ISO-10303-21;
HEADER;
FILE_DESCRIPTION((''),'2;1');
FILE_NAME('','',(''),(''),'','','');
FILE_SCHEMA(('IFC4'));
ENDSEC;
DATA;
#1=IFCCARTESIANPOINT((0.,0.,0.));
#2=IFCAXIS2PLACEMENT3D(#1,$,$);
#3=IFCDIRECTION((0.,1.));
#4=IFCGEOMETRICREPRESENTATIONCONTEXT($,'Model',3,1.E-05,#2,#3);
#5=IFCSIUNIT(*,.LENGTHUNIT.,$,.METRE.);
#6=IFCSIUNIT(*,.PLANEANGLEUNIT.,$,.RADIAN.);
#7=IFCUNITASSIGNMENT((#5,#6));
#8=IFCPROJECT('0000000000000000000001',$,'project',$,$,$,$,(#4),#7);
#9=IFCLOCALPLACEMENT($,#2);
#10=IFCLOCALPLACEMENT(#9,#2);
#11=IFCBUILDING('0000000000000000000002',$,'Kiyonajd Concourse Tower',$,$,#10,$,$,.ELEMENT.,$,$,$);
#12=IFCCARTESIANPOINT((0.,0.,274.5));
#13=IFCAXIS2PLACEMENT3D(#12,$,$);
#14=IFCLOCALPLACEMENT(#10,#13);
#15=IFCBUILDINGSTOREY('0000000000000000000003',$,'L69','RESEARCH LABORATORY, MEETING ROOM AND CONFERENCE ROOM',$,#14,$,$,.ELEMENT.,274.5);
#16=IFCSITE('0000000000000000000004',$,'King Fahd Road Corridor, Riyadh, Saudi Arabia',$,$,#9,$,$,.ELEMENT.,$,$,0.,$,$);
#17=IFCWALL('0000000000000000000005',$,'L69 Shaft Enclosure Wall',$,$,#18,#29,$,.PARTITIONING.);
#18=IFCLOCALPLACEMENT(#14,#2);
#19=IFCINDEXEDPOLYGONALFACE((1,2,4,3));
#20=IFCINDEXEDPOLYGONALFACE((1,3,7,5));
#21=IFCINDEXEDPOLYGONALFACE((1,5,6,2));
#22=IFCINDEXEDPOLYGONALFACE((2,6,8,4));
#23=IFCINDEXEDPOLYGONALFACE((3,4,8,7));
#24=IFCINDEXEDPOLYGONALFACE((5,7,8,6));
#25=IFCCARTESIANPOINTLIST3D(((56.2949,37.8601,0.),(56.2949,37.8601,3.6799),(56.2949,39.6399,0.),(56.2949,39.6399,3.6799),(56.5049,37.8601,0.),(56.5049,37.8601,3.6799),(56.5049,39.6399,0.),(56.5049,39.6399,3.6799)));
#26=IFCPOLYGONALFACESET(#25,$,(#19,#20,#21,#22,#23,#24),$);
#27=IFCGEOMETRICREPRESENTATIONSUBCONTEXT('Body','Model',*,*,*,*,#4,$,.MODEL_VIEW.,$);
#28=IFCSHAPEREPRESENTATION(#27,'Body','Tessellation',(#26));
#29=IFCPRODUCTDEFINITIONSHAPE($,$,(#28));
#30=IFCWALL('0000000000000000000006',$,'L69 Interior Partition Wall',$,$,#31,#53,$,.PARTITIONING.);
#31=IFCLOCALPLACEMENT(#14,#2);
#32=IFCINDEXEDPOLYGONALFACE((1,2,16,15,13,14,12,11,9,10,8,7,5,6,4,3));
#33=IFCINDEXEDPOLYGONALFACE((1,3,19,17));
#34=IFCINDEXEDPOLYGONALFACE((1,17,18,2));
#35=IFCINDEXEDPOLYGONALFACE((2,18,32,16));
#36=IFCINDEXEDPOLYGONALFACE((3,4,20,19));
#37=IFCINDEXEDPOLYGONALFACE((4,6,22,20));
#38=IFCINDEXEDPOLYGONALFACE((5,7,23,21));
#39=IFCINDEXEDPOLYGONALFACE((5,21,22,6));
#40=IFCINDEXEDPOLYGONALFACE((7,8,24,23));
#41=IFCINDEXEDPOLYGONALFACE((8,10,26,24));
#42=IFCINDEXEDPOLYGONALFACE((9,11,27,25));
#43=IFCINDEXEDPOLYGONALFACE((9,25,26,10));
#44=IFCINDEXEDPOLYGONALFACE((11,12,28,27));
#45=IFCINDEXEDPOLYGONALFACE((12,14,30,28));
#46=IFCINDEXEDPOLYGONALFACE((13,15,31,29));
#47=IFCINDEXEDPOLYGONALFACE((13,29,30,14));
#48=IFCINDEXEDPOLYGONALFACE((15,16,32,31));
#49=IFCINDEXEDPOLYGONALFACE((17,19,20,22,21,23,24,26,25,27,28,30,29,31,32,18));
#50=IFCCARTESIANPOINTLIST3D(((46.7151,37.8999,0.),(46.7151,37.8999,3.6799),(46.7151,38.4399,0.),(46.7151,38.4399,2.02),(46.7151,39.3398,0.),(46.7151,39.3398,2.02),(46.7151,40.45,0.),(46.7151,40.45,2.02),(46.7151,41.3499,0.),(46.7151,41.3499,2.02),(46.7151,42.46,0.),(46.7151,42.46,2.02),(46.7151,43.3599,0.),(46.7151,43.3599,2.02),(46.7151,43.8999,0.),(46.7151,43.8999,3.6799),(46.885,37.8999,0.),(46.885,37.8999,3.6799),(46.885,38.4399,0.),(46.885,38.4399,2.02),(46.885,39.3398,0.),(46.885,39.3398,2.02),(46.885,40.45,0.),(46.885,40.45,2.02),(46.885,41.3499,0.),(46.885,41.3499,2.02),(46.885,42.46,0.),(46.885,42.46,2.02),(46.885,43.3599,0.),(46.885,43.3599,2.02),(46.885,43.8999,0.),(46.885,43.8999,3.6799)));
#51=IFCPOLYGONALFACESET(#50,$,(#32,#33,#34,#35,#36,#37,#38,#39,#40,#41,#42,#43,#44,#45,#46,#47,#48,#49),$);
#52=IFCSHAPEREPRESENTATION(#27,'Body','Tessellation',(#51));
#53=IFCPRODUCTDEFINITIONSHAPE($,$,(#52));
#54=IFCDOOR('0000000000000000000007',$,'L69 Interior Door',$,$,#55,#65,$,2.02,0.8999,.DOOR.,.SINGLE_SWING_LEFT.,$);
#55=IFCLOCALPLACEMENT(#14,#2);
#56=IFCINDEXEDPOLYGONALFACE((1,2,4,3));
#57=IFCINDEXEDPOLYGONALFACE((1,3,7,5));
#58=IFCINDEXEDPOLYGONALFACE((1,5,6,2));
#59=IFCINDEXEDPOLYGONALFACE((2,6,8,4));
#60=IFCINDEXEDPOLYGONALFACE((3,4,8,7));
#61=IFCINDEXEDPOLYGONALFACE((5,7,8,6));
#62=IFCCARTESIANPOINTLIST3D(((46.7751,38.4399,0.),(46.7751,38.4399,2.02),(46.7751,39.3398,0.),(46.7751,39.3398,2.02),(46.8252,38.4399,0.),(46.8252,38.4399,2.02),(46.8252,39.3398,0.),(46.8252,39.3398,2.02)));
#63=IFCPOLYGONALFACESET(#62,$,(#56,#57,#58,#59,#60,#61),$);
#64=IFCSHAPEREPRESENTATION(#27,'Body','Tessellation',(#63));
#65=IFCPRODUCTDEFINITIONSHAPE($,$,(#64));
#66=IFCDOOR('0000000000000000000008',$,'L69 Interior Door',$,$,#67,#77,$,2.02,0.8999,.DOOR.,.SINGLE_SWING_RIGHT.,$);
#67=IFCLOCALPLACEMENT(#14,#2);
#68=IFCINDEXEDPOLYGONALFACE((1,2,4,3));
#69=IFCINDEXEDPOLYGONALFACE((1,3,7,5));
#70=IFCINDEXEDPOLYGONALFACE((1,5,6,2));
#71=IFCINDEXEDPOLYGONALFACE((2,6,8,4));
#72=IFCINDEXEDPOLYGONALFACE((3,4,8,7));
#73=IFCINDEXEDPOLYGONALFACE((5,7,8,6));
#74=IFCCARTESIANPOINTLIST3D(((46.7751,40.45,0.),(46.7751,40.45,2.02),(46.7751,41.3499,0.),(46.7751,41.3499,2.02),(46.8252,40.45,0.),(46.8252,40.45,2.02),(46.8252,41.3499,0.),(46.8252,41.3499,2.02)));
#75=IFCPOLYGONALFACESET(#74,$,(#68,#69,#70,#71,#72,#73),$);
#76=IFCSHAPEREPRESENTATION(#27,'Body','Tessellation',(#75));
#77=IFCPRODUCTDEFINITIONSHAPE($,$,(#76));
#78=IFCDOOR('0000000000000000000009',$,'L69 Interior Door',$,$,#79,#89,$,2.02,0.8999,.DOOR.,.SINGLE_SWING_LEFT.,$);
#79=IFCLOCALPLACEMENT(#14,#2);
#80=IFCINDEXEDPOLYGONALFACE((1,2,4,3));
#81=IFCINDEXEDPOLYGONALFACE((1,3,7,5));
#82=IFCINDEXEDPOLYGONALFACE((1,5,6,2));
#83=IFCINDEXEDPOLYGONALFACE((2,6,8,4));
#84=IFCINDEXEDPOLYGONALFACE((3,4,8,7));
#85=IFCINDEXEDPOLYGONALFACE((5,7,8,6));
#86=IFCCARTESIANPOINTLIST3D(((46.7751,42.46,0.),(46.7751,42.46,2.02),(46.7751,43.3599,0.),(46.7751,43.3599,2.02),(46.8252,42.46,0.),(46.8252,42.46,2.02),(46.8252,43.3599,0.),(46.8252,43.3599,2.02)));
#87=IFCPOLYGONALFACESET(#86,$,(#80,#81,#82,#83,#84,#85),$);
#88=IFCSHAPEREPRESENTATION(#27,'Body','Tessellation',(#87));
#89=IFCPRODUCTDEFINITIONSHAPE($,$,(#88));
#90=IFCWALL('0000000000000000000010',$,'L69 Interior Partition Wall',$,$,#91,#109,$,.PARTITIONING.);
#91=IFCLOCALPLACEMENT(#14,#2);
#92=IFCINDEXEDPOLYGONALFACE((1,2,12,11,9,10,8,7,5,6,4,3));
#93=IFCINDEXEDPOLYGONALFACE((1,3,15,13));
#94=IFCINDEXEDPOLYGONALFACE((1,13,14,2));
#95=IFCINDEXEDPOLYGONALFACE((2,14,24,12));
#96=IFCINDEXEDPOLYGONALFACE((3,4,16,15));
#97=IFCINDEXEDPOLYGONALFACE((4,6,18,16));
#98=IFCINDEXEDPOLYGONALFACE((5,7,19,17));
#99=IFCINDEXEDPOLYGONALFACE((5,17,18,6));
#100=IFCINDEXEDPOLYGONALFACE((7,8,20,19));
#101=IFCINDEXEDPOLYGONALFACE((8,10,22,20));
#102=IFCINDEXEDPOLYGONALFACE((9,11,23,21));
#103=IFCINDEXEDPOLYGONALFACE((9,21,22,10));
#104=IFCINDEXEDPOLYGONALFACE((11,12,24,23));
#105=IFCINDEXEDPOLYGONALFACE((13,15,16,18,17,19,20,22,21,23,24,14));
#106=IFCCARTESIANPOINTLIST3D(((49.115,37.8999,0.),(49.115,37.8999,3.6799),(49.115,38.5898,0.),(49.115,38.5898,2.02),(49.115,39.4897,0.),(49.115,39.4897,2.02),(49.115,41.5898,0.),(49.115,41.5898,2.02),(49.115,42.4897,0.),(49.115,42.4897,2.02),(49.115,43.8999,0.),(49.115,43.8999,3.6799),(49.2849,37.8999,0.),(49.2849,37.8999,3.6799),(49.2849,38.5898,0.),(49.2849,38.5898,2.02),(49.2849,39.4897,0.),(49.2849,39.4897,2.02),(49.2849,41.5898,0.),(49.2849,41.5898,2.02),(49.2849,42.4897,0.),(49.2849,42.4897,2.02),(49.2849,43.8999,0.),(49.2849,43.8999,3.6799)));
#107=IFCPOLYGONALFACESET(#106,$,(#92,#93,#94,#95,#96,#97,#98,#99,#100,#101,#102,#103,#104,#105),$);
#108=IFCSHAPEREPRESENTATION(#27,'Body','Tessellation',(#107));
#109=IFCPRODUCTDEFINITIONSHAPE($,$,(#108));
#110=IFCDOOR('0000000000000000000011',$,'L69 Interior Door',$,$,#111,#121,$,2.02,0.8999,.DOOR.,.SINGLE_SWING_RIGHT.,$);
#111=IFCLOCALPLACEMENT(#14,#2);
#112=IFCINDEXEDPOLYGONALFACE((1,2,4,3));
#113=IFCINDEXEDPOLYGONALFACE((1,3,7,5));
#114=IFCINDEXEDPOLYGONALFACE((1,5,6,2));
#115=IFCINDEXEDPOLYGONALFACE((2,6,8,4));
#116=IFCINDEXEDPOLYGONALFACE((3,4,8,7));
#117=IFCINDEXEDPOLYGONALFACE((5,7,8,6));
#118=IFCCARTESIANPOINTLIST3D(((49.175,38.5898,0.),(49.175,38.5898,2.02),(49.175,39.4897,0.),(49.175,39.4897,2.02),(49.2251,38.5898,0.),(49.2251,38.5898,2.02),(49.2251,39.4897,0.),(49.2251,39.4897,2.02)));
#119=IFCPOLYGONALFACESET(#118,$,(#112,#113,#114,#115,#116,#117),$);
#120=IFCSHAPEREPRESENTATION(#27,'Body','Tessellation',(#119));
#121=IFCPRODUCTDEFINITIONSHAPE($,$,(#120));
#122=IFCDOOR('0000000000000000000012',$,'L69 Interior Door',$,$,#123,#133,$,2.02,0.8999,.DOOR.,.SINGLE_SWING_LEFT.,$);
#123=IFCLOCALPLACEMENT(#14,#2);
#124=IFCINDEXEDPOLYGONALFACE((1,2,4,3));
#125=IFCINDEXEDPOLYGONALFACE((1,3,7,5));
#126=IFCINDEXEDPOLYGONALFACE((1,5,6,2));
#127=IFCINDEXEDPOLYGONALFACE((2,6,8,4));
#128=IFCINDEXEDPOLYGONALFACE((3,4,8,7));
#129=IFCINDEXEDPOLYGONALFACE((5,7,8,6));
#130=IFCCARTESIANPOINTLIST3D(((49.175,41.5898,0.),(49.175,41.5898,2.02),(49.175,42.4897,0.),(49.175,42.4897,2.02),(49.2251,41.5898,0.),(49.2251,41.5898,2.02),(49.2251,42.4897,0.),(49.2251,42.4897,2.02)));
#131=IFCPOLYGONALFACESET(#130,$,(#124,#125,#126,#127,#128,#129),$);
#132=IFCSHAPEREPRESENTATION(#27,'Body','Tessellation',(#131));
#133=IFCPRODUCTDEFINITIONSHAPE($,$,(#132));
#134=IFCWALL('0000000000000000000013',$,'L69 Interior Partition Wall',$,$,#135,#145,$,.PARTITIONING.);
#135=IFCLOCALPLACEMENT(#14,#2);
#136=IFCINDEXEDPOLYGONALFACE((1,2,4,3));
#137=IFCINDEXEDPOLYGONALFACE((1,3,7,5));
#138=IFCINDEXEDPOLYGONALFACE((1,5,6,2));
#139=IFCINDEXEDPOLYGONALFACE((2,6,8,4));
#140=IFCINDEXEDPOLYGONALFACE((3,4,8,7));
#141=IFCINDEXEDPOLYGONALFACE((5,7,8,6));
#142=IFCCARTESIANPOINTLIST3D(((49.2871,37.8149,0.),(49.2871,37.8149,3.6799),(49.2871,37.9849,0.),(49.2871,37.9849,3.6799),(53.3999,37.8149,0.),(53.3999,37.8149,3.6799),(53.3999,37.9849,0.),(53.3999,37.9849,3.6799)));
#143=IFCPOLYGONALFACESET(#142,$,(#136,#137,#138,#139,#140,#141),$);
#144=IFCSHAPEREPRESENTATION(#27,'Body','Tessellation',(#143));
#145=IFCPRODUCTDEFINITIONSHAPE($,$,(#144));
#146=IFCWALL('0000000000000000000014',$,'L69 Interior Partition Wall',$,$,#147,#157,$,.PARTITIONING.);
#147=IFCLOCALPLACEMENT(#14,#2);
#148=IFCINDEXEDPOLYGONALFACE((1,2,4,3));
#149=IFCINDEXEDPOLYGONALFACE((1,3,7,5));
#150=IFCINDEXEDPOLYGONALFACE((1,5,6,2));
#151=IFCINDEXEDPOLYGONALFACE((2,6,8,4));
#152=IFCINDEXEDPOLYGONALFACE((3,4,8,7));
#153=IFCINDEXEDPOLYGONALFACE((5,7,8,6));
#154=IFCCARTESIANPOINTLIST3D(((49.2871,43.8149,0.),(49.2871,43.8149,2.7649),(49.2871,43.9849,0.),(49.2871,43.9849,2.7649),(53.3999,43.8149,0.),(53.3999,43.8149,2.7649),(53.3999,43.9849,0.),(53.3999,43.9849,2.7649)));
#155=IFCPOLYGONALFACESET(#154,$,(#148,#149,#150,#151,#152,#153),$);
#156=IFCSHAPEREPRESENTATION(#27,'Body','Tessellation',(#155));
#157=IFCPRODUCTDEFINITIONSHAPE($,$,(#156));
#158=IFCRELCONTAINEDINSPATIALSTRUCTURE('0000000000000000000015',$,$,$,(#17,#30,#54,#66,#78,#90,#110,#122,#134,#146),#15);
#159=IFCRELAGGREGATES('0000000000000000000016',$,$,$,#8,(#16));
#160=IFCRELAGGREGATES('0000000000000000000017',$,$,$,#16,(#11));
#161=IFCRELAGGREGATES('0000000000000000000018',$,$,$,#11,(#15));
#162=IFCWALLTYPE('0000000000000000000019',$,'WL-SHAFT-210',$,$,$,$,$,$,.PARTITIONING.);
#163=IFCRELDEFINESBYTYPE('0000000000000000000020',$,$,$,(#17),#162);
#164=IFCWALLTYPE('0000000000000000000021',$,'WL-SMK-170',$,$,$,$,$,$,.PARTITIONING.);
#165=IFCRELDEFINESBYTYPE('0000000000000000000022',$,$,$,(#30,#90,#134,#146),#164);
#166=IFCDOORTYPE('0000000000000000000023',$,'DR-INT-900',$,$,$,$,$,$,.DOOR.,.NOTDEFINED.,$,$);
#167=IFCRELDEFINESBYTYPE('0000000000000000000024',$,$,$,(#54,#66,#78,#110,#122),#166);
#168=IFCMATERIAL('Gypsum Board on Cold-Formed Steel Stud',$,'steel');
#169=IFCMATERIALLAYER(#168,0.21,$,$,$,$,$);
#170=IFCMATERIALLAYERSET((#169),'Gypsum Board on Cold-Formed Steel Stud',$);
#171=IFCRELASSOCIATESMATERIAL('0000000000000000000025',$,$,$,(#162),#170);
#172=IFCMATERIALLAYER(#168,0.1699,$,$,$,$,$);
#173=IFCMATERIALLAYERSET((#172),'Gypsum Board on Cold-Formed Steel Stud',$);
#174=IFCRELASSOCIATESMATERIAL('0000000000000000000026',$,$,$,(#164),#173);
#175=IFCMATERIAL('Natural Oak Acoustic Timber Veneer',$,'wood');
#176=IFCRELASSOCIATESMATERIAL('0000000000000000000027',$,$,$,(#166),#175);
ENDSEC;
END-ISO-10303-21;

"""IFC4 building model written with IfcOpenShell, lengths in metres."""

from ifc_helpers import new_model, si_unit, direction, frame, frame_2d, origin, place, context, subcontext, project, spatial, rectangle, extrude, material, layer, layer_set, type_object, element, fill, save


model = new_model("IFC4")

# Units and contexts
model_context = context("Model", 3, precision=1e-05, world=origin(), true_north=direction((0.0, 1.0)))
body_context = subcontext(model_context, "Body", "Model", "MODEL_VIEW")
ifc_project = project(units=[si_unit("LENGTHUNIT", "METRE"), si_unit("PLANEANGLEUNIT", "RADIAN")], contexts=[model_context])

# Site, building, storey
site_placement = place(None, origin())
site = spatial("IfcSite", under=ifc_project, at=site_placement, Name="King Fahd Road Corridor, Riyadh, Saudi Arabia", CompositionType="ELEMENT", RefElevation=0.0)
building_placement = place(site_placement, origin())
building = spatial("IfcBuilding", under=site, at=building_placement, Name="Kiyonajd Concourse Tower", CompositionType="ELEMENT")
storey_placement = place(building_placement, frame((0.0, 0.0, 274.5)))
storey = spatial("IfcBuildingStorey", under=building, at=storey_placement, Name="L69", Description="RESEARCH LABORATORY, MEETING ROOM AND CONFERENCE ROOM", CompositionType="ELEMENT", Elevation=274.5)

# Wall
ifc_material_1 = material(Name="Gypsum Board on Cold-Formed Steel Stud", Category="steel")
ifc_layer_1 = layer(ifc_material_1, 0.21)
ifc_layer_set_1 = layer_set([ifc_layer_1], Name="Gypsum Board on Cold-Formed Steel Stud")
wall_type_1 = type_object("IfcWallType", Name="WL-SHAFT-210", PredefinedType="PARTITIONING", material=ifc_layer_set_1)
wall_1_placement = place(storey_placement, frame((56.3999, 37.8601, 0.0), z_axis=(0.0, 0.0, 1.0), x_axis=(0.0, 1.0, 0.0)))
element("IfcWall", 1, at=wall_1_placement, inside=storey, type_object=wall_type_1, Name="L69 Shaft Enclosure Wall", PredefinedType="PARTITIONING", context=body_context, shape_type="SweptSolid", body=[
    extrude(rectangle(XDim=1.7798, YDim=0.21, at=frame_2d((0.8899, 0.0))), origin(), (0.0, 0.0, 1.0), 3.6799),
])

# Walls, openings, doors
ifc_layer_2 = layer(ifc_material_1, 0.1699)
ifc_layer_set_2 = layer_set([ifc_layer_2], Name="Gypsum Board on Cold-Formed Steel Stud")
wall_type_2 = type_object("IfcWallType", Name="WL-SMK-170", PredefinedType="PARTITIONING", material=ifc_layer_set_2)
wall_2_placement = place(storey_placement, frame((46.8, 37.8999, 0.0), z_axis=(0.0, 0.0, 1.0), x_axis=(0.0, 1.0, 0.0)))
wall_2 = element("IfcWall", 2, at=wall_2_placement, inside=storey, type_object=wall_type_2, Name="L69 Interior Partition Wall", PredefinedType="PARTITIONING", context=body_context, shape_type="SweptSolid", body=[
    extrude(rectangle(XDim=6.0, YDim=0.1699, at=frame_2d((3.0, 0.0))), origin(), (0.0, 0.0, 1.0), 3.6799),
])
opening_1_placement = place(wall_2_placement, frame((0.54, 0.0, 0.0)))
opening_1 = element("IfcOpeningElement", 3, at=opening_1_placement, cuts=wall_2, PredefinedType="OPENING", context=body_context, shape_type="SweptSolid", body=[
    extrude(rectangle(XDim=0.8999, YDim=2.02, at=frame_2d((0.45, 1.01))), frame((0.0, 0.095, 0.0), z_axis=(0.0, -1.0, 0.0), x_axis=(1.0, 0.0, 0.0)), (0.0, 0.0, 1.0), 0.1899),
])
opening_2_placement = place(wall_2_placement, frame((2.55, 0.0, 0.0)))
opening_2 = element("IfcOpeningElement", 4, at=opening_2_placement, cuts=wall_2, PredefinedType="OPENING", context=body_context, shape_type="SweptSolid", body=[
    extrude(rectangle(XDim=0.8999, YDim=2.02, at=frame_2d((0.45, 1.01))), frame((0.0, 0.095, 0.0), z_axis=(0.0, -1.0, 0.0), x_axis=(1.0, 0.0, 0.0)), (0.0, 0.0, 1.0), 0.1899),
])
opening_3_placement = place(wall_2_placement, frame((4.5601, 0.0, 0.0)))
opening_3 = element("IfcOpeningElement", 5, at=opening_3_placement, cuts=wall_2, PredefinedType="OPENING", context=body_context, shape_type="SweptSolid", body=[
    extrude(rectangle(XDim=0.8999, YDim=2.02, at=frame_2d((0.45, 1.01))), frame((0.0, 0.095, 0.0), z_axis=(0.0, -1.0, 0.0), x_axis=(1.0, 0.0, 0.0)), (0.0, 0.0, 1.0), 0.1899),
])
ifc_material_2 = material(Name="Natural Oak Acoustic Timber Veneer", Category="wood")
door_type_1 = type_object("IfcDoorType", Name="DR-INT-900", OperationType="NOTDEFINED", PredefinedType="DOOR", material=ifc_material_2)
door_1_placement = place(opening_1_placement, origin())
door_1 = element("IfcDoor", 6, at=door_1_placement, inside=storey, type_object=door_type_1, Name="L69 Interior Door", OperationType="SINGLE_SWING_LEFT", OverallHeight=2.02, OverallWidth=0.8999, PredefinedType="DOOR", context=body_context, shape_type="SweptSolid", body=[
    extrude(rectangle(XDim=0.8999, YDim=2.02, at=frame_2d((0.45, 1.01))), frame((0.0, 0.0249, 0.0), z_axis=(0.0, -1.0, 0.0), x_axis=(1.0, 0.0, 0.0)), (0.0, 0.0, 1.0), 0.05),
])
fill(opening_1, door_1)
door_2_placement = place(opening_2_placement, origin())
door_2 = element("IfcDoor", 7, at=door_2_placement, inside=storey, type_object=door_type_1, Name="L69 Interior Door", OperationType="SINGLE_SWING_RIGHT", OverallHeight=2.02, OverallWidth=0.8999, PredefinedType="DOOR", context=body_context, shape_type="SweptSolid", body=[
    extrude(rectangle(XDim=0.8999, YDim=2.02, at=frame_2d((0.45, 1.01))), frame((0.0, 0.0249, 0.0), z_axis=(0.0, -1.0, 0.0), x_axis=(1.0, 0.0, 0.0)), (0.0, 0.0, 1.0), 0.05),
])
fill(opening_2, door_2)
door_3_placement = place(opening_3_placement, origin())
door_3 = element("IfcDoor", 8, at=door_3_placement, inside=storey, type_object=door_type_1, Name="L69 Interior Door", OperationType="SINGLE_SWING_LEFT", OverallHeight=2.02, OverallWidth=0.8999, PredefinedType="DOOR", context=body_context, shape_type="SweptSolid", body=[
    extrude(rectangle(XDim=0.8999, YDim=2.02, at=frame_2d((0.45, 1.01))), frame((0.0, 0.0249, 0.0), z_axis=(0.0, -1.0, 0.0), x_axis=(1.0, 0.0, 0.0)), (0.0, 0.0, 1.0), 0.05),
])
fill(opening_3, door_3)
wall_3_placement = place(storey_placement, frame((49.2, 37.8999, 0.0), z_axis=(0.0, 0.0, 1.0), x_axis=(0.0, 1.0, 0.0)))
wall_3 = element("IfcWall", 9, at=wall_3_placement, inside=storey, type_object=wall_type_2, Name="L69 Interior Partition Wall", PredefinedType="PARTITIONING", context=body_context, shape_type="SweptSolid", body=[
    extrude(rectangle(XDim=6.0, YDim=0.1699, at=frame_2d((3.0, 0.0))), origin(), (0.0, 0.0, 1.0), 3.6799),
])
opening_4_placement = place(wall_3_placement, frame((0.6899, 0.0, 0.0)))
opening_4 = element("IfcOpeningElement", 10, at=opening_4_placement, cuts=wall_3, PredefinedType="OPENING", context=body_context, shape_type="SweptSolid", body=[
    extrude(rectangle(XDim=0.8999, YDim=2.02, at=frame_2d((0.45, 1.01))), frame((0.0, 0.095, 0.0), z_axis=(0.0, -1.0, 0.0), x_axis=(1.0, 0.0, 0.0)), (0.0, 0.0, 1.0), 0.1899),
])
opening_5_placement = place(wall_3_placement, frame((3.6899, 0.0, 0.0)))
opening_5 = element("IfcOpeningElement", 11, at=opening_5_placement, cuts=wall_3, PredefinedType="OPENING", context=body_context, shape_type="SweptSolid", body=[
    extrude(rectangle(XDim=0.8999, YDim=2.02, at=frame_2d((0.45, 1.01))), frame((0.0, 0.095, 0.0), z_axis=(0.0, -1.0, 0.0), x_axis=(1.0, 0.0, 0.0)), (0.0, 0.0, 1.0), 0.1899),
])
door_4_placement = place(opening_4_placement, origin())
door_4 = element("IfcDoor", 12, at=door_4_placement, inside=storey, type_object=door_type_1, Name="L69 Interior Door", OperationType="SINGLE_SWING_RIGHT", OverallHeight=2.02, OverallWidth=0.8999, PredefinedType="DOOR", context=body_context, shape_type="SweptSolid", body=[
    extrude(rectangle(XDim=0.8999, YDim=2.02, at=frame_2d((0.45, 1.01))), frame((0.0, 0.0249, 0.0), z_axis=(0.0, -1.0, 0.0), x_axis=(1.0, 0.0, 0.0)), (0.0, 0.0, 1.0), 0.05),
])
fill(opening_4, door_4)
door_5_placement = place(opening_5_placement, origin())
door_5 = element("IfcDoor", 13, at=door_5_placement, inside=storey, type_object=door_type_1, Name="L69 Interior Door", OperationType="SINGLE_SWING_LEFT", OverallHeight=2.02, OverallWidth=0.8999, PredefinedType="DOOR", context=body_context, shape_type="SweptSolid", body=[
    extrude(rectangle(XDim=0.8999, YDim=2.02, at=frame_2d((0.45, 1.01))), frame((0.0, 0.0249, 0.0), z_axis=(0.0, -1.0, 0.0), x_axis=(1.0, 0.0, 0.0)), (0.0, 0.0, 1.0), 0.05),
])
fill(opening_5, door_5)

# Walls
wall_4_placement = place(storey_placement, frame((49.2871, 37.8999, 0.0), z_axis=(0.0, 0.0, 1.0), x_axis=(1.0, 0.0, 0.0)))
element("IfcWall", 14, at=wall_4_placement, inside=storey, type_object=wall_type_2, Name="L69 Interior Partition Wall", PredefinedType="PARTITIONING", context=body_context, shape_type="SweptSolid", body=[
    extrude(rectangle(XDim=4.1128, YDim=0.1699, at=frame_2d((2.0564, 0.0))), origin(), (0.0, 0.0, 1.0), 3.6799),
])
wall_5_placement = place(storey_placement, frame((49.2871, 43.8999, 0.0), z_axis=(0.0, 0.0, 1.0), x_axis=(1.0, 0.0, 0.0)))
element("IfcWall", 15, at=wall_5_placement, inside=storey, type_object=wall_type_2, Name="L69 Interior Partition Wall", PredefinedType="PARTITIONING", context=body_context, shape_type="SweptSolid", body=[
    extrude(rectangle(XDim=4.1128, YDim=0.1699, at=frame_2d((2.0564, 0.0))), origin(), (0.0, 0.0, 1.0), 2.7649),
])

save(model, "model.ifc")
